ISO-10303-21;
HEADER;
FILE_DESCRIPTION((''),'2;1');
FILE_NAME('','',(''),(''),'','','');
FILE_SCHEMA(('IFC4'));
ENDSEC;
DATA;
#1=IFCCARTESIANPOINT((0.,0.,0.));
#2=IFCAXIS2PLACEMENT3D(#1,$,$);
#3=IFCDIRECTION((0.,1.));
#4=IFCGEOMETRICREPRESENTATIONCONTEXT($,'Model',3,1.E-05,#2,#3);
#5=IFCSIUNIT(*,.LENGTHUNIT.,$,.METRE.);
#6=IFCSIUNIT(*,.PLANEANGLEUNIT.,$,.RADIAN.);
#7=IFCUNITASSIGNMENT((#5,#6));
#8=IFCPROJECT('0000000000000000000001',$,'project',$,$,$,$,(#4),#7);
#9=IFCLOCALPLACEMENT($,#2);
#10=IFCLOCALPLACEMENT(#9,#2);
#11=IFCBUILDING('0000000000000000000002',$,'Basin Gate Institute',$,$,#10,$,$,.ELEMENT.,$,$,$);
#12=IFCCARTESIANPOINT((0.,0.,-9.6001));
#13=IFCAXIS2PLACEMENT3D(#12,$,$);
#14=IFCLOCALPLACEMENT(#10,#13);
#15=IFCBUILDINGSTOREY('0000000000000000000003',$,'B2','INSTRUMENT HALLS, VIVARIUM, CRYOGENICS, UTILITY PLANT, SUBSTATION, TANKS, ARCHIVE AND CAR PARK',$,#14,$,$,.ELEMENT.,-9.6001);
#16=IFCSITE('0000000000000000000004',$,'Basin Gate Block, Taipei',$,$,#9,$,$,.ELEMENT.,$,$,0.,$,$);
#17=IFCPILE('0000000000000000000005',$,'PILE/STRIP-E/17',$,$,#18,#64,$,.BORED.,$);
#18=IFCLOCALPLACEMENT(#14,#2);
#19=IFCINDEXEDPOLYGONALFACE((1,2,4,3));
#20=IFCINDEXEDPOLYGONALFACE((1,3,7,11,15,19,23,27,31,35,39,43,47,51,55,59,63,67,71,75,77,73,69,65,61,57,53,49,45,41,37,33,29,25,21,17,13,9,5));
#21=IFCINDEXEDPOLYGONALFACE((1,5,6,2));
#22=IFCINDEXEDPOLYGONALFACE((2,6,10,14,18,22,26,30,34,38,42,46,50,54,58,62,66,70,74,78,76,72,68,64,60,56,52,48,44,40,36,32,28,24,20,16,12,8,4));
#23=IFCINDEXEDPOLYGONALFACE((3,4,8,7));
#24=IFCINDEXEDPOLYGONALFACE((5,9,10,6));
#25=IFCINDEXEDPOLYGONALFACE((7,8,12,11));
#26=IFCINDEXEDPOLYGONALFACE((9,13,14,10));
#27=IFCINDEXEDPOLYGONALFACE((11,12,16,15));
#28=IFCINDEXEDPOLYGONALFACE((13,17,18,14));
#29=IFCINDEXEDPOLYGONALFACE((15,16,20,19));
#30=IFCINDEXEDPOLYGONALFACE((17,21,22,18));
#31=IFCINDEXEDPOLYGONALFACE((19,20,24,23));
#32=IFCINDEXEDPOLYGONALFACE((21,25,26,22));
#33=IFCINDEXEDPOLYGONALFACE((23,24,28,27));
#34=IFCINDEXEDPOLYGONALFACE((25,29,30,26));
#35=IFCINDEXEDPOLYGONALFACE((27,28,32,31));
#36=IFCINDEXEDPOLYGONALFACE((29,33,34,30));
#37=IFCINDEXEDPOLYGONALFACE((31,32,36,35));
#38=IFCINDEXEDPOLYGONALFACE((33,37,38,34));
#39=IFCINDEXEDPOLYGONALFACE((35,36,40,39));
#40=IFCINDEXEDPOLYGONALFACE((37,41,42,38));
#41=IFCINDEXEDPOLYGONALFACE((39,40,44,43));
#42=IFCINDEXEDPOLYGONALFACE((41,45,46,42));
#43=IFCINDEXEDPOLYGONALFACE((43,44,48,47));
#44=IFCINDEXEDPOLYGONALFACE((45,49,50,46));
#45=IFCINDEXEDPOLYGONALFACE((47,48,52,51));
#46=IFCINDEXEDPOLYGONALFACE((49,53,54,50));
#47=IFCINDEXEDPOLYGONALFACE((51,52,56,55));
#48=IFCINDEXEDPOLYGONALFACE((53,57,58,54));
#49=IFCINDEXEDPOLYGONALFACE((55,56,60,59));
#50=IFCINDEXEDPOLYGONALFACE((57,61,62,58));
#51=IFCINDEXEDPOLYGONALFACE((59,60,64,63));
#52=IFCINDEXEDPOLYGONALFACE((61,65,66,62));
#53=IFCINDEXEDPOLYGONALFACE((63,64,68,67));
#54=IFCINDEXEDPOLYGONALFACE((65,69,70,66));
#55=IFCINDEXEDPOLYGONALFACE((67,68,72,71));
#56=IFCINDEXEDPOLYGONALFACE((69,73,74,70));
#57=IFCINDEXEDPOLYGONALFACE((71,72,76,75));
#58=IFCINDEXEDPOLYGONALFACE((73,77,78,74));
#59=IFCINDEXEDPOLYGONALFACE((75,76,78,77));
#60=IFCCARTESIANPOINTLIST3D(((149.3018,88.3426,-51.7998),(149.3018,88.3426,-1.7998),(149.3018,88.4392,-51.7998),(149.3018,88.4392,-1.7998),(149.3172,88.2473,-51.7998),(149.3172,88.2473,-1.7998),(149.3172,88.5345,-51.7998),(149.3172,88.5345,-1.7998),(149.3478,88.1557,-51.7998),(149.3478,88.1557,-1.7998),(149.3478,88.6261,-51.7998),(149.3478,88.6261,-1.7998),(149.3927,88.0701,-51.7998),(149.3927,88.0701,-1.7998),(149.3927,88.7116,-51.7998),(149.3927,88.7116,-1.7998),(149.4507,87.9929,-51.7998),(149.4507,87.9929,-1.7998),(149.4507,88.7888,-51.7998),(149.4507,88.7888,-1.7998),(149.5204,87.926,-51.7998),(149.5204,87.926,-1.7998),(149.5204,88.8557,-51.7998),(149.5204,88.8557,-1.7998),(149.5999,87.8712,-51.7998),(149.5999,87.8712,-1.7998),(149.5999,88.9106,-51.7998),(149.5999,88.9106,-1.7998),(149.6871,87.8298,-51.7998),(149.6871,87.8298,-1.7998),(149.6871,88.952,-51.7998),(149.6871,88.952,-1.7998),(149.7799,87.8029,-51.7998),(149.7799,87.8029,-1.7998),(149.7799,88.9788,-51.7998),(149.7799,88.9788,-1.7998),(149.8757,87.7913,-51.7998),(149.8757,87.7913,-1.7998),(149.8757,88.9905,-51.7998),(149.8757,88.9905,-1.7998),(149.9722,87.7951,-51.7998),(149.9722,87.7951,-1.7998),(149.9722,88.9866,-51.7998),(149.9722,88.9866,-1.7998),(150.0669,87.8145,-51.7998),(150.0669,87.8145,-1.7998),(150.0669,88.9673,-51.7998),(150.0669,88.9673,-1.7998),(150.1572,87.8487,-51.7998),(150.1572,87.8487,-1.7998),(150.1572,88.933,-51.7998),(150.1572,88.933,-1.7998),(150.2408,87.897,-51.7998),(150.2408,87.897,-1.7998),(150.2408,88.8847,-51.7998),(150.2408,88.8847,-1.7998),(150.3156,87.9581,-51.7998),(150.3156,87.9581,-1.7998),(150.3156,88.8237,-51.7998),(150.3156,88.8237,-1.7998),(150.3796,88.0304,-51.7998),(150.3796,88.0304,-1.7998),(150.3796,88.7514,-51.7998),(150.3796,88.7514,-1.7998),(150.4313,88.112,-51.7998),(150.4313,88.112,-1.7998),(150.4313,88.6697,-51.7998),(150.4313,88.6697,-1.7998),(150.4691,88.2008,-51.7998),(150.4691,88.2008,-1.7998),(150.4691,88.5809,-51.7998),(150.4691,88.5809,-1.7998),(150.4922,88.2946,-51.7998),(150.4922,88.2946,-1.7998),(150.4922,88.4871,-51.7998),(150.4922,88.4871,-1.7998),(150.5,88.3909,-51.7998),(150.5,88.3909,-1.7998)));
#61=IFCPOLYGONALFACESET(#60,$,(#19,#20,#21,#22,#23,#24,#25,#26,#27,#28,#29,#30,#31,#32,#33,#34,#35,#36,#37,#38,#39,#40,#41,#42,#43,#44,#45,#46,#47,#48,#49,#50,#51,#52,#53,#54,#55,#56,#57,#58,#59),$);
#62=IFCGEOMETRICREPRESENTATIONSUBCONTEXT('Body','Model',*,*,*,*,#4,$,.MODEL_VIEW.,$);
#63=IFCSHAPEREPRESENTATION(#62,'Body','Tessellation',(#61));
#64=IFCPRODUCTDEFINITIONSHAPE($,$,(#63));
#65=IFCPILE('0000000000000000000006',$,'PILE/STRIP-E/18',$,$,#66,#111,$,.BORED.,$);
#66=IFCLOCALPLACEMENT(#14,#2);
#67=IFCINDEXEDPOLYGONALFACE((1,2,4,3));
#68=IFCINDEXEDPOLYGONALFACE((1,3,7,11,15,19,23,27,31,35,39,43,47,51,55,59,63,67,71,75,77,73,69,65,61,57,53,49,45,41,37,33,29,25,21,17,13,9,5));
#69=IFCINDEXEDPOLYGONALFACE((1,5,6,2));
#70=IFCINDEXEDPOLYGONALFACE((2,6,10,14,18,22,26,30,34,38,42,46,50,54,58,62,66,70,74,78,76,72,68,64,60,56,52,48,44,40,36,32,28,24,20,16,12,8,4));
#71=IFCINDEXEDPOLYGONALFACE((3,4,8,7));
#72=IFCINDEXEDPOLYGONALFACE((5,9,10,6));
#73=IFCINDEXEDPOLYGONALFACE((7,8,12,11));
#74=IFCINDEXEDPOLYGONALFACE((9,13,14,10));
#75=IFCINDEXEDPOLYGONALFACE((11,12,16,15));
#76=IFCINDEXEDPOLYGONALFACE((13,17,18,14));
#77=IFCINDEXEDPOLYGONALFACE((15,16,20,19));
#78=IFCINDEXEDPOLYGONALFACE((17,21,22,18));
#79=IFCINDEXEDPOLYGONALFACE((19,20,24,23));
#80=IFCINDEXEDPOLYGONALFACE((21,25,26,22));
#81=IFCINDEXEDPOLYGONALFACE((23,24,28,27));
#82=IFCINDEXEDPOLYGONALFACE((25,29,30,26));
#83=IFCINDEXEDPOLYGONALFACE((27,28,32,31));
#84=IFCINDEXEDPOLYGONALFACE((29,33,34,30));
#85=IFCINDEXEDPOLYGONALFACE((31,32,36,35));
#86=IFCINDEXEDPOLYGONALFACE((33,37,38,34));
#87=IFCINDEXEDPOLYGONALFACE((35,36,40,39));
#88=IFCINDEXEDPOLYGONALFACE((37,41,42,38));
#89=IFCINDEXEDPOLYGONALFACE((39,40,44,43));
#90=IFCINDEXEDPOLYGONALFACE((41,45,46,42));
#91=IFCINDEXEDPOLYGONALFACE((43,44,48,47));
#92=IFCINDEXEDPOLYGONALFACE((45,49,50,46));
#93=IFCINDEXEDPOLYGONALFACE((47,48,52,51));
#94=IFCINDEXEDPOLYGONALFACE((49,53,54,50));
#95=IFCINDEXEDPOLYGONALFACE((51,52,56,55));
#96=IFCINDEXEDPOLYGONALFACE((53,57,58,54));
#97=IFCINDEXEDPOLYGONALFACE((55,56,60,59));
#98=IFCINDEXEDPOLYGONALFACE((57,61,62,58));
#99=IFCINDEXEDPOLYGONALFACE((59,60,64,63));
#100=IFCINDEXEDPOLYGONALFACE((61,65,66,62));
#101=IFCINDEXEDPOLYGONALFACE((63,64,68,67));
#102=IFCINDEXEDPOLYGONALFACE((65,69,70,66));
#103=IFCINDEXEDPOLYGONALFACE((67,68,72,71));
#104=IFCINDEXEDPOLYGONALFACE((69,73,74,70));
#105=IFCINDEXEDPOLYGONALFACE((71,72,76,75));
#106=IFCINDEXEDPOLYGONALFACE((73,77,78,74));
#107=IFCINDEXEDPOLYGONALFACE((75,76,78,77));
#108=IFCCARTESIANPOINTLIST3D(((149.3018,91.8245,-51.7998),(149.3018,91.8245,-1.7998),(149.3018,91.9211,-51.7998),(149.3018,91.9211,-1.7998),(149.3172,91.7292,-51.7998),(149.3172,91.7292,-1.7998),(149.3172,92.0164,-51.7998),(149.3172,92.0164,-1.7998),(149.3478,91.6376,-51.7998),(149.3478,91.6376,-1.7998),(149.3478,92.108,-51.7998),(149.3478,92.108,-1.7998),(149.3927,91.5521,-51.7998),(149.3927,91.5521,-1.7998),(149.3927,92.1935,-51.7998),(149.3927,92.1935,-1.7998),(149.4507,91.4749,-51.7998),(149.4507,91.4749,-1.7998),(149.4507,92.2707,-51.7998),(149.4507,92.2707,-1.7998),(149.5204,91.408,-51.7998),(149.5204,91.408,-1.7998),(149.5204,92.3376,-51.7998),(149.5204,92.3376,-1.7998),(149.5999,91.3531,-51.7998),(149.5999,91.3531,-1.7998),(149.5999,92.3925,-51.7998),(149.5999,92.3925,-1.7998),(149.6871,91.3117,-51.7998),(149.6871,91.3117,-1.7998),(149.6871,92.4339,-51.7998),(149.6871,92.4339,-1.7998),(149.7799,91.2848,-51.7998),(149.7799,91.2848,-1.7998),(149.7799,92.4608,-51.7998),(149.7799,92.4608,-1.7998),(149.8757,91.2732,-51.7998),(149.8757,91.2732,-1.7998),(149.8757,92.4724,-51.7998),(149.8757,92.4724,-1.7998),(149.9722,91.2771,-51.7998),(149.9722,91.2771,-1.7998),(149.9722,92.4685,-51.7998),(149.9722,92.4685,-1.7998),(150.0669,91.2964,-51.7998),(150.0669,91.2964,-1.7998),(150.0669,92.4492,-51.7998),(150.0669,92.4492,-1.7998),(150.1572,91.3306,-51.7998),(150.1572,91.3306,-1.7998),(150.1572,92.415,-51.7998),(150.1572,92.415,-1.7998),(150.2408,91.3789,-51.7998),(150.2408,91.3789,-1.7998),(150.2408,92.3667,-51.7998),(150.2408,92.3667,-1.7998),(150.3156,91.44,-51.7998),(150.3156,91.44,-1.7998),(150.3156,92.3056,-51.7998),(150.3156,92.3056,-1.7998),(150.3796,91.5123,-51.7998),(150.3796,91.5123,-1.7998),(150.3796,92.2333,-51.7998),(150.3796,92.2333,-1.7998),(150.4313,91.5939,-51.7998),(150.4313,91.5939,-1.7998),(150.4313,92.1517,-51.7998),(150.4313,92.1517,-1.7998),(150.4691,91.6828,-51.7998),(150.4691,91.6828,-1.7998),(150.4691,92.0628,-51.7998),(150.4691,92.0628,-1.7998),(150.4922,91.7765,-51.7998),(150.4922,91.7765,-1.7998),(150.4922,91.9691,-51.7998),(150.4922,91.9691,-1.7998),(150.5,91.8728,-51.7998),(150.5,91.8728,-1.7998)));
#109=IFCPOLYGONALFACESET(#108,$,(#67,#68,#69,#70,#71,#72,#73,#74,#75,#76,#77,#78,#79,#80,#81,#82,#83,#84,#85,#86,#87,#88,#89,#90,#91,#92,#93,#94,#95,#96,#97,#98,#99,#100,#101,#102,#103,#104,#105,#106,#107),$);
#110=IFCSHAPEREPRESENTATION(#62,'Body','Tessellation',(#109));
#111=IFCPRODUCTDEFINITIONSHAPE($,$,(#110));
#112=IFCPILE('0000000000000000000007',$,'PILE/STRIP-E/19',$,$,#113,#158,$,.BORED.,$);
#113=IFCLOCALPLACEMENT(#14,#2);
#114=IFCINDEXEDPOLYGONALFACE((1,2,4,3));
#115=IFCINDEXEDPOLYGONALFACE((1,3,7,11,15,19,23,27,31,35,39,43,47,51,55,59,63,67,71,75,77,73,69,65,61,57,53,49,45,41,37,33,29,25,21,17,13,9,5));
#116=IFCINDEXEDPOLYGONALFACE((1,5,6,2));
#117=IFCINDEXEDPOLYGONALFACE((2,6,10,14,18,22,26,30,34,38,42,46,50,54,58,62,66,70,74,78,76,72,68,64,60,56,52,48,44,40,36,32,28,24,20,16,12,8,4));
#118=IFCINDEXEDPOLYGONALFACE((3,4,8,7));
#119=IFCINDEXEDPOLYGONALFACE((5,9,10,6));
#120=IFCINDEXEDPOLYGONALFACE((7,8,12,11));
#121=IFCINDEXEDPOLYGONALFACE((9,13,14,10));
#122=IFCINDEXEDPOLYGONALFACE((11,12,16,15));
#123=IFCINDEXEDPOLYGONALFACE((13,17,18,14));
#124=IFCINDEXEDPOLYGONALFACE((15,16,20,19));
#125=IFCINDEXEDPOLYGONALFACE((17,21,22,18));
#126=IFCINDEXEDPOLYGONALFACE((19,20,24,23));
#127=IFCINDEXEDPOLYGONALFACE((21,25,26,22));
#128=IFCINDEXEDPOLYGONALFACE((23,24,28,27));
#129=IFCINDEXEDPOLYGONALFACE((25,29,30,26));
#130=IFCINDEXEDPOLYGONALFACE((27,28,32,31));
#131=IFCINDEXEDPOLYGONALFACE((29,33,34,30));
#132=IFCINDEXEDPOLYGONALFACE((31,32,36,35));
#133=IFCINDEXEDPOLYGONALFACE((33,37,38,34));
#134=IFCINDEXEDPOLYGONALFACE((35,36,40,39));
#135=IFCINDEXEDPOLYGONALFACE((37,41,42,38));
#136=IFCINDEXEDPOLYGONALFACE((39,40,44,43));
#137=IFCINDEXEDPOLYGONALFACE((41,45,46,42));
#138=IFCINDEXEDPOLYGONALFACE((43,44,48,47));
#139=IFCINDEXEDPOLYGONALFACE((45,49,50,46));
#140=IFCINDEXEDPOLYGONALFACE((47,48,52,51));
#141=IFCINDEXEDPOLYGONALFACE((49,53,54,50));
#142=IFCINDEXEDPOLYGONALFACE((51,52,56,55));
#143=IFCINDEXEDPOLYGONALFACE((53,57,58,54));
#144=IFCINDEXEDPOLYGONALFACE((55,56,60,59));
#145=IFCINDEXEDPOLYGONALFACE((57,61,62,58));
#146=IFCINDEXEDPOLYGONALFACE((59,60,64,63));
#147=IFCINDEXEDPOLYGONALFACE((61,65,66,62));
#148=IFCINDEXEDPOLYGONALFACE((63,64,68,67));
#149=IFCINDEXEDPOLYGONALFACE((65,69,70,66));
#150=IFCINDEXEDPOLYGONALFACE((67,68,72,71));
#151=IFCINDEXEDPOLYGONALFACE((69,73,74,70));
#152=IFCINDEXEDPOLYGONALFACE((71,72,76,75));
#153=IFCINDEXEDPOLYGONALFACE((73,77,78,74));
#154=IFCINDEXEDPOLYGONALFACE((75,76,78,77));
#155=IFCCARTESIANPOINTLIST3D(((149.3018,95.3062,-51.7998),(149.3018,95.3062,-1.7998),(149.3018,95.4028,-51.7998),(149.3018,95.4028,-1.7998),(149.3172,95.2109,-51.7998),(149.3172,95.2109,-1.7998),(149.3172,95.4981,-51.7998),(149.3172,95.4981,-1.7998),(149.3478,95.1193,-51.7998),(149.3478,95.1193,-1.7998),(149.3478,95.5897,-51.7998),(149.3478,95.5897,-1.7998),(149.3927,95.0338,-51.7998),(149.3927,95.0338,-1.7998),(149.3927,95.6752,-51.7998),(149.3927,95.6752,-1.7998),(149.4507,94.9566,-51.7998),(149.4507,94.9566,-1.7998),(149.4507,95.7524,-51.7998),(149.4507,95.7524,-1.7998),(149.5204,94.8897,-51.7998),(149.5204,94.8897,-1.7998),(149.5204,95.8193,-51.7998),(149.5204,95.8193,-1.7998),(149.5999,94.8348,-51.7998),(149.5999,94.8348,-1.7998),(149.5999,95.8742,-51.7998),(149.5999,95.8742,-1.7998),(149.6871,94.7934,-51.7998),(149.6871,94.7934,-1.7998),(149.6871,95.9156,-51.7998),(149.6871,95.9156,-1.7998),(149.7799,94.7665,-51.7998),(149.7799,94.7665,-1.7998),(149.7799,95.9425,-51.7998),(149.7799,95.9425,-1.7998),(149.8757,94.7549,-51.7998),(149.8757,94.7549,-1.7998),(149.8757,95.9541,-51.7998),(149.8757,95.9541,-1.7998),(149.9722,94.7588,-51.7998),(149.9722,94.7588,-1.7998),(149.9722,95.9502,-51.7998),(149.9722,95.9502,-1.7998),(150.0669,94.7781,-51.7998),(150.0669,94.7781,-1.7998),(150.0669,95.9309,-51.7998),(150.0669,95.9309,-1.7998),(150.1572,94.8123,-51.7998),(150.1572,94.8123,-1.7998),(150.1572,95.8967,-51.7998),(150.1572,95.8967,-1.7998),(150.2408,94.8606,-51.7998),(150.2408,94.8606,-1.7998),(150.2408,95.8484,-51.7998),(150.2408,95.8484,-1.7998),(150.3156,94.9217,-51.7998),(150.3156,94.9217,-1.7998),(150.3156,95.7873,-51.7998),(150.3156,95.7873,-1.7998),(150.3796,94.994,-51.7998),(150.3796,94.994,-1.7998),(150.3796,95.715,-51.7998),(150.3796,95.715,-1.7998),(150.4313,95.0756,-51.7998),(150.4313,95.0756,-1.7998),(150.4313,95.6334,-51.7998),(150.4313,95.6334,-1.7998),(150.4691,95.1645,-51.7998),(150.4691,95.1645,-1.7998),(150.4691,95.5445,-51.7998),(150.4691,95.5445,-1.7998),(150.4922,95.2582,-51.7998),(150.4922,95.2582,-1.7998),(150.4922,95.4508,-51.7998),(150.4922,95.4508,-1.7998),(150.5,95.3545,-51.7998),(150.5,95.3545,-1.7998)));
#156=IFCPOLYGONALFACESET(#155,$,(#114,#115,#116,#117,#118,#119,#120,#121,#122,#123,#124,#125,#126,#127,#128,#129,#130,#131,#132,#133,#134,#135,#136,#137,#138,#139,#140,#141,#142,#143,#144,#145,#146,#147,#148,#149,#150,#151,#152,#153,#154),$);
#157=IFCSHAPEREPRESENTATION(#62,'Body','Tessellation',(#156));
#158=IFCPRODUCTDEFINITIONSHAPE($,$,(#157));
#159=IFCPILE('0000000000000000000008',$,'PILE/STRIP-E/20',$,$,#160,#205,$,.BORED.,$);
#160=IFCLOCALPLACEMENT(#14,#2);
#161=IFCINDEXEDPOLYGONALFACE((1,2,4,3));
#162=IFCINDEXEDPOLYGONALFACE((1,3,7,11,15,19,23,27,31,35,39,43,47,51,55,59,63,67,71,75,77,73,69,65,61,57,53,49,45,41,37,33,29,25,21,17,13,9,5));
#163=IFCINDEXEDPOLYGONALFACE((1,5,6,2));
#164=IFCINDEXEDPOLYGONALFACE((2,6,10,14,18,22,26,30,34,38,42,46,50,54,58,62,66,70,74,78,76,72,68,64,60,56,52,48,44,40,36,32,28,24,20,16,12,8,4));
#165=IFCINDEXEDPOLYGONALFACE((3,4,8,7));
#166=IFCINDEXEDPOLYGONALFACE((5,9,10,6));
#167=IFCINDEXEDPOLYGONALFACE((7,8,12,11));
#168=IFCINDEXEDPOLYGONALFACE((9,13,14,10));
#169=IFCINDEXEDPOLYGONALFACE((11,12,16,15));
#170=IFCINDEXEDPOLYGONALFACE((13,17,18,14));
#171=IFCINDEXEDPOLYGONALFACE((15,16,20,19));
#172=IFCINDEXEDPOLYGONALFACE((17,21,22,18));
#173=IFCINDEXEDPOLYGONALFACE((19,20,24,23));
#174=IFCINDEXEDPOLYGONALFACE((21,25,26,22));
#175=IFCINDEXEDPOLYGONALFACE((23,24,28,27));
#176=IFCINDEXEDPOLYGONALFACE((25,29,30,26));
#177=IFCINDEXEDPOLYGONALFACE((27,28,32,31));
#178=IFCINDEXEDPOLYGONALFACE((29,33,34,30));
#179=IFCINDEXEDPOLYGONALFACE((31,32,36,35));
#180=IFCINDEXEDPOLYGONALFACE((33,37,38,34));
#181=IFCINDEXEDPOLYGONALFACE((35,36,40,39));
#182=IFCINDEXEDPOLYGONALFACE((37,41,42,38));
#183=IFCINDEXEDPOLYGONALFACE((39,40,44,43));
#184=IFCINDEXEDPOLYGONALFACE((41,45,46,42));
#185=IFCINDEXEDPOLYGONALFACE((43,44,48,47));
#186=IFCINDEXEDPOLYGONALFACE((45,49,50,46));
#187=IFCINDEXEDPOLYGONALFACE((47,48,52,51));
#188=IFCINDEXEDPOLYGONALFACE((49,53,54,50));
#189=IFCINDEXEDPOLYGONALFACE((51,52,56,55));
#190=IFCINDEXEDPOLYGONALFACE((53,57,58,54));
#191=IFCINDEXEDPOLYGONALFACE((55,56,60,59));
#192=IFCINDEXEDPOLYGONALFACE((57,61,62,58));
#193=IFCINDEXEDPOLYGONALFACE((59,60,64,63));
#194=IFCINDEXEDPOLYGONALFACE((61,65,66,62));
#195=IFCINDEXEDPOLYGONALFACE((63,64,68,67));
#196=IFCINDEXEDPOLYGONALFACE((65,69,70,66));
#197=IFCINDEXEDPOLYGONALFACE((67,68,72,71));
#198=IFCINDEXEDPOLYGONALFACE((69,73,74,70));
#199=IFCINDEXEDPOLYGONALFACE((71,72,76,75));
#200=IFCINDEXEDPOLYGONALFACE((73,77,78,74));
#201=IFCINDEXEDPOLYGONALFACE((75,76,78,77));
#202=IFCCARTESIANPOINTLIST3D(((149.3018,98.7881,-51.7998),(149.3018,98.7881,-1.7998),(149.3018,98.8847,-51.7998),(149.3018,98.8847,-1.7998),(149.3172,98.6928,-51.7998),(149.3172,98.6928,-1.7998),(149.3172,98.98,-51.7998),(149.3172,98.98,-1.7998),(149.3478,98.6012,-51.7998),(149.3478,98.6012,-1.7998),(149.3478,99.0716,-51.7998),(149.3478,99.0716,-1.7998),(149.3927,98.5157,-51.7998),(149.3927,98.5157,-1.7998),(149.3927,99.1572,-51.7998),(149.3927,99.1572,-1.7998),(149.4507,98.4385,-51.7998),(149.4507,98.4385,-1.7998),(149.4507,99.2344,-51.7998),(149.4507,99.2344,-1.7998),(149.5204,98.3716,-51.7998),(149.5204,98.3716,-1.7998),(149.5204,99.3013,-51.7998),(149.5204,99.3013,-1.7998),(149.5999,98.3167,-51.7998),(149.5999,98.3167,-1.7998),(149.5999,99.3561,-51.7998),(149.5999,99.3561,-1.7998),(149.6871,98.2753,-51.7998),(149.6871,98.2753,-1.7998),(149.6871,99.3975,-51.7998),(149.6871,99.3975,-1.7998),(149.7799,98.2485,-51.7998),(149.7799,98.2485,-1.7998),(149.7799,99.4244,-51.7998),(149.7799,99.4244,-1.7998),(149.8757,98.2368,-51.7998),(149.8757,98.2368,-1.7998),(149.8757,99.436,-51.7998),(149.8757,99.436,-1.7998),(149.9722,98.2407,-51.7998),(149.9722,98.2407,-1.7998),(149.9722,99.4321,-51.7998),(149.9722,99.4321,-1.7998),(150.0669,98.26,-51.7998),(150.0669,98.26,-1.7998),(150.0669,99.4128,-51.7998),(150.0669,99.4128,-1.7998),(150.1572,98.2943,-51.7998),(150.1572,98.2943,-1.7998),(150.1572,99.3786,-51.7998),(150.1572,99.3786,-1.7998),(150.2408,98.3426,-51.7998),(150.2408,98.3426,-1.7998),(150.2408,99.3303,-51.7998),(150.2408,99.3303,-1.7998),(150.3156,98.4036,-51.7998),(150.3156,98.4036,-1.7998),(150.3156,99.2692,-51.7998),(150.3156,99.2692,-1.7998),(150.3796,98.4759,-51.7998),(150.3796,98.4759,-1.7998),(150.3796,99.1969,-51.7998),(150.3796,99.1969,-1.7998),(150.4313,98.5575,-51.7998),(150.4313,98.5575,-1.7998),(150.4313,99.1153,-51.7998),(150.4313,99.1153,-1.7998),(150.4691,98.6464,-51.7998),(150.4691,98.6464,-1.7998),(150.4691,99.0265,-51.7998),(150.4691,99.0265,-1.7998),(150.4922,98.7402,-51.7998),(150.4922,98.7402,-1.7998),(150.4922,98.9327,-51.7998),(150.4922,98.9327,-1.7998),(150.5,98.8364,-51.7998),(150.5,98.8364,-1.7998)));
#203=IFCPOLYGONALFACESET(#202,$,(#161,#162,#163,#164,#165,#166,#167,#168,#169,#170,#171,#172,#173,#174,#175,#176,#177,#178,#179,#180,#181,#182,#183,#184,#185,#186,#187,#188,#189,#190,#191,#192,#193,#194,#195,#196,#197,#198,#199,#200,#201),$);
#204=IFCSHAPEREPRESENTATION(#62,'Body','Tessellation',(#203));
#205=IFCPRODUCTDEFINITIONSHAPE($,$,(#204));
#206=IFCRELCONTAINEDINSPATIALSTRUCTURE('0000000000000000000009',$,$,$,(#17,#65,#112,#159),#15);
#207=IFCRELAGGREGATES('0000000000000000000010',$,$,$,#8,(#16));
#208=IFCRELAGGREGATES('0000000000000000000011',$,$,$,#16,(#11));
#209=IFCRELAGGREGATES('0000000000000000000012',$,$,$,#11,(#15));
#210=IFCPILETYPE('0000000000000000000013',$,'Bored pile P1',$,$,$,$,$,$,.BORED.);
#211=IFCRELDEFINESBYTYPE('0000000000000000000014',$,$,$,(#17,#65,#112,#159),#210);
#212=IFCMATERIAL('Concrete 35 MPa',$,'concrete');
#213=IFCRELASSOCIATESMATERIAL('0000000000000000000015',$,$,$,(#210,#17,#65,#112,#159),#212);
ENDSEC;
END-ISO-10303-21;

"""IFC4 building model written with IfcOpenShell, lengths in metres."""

from ifc_helpers import new_model, si_unit, direction, frame, origin, origin_2d, place, context, subcontext, project, spatial, circle, extrude, material, material_profile, profile_set, type_object, element, save


model = new_model("IFC4")

# Units and contexts
model_context = context("Model", 3, precision=1e-05, world=origin(), true_north=direction((0.0, 1.0)))
body_context = subcontext(model_context, "Body", "Model", "MODEL_VIEW")
ifc_project = project(units=[si_unit("LENGTHUNIT", "METRE"), si_unit("PLANEANGLEUNIT", "RADIAN")], contexts=[model_context])

# Site, building, storey
site_placement = place(None, origin())
site = spatial("IfcSite", under=ifc_project, at=site_placement, Name="Basin Gate Block, Taipei", CompositionType="ELEMENT", RefElevation=0.0)
building_placement = place(site_placement, origin())
building = spatial("IfcBuilding", under=site, at=building_placement, Name="Basin Gate Institute", CompositionType="ELEMENT")
storey_placement = place(building_placement, frame((0.0, 0.0, -9.6001)))
storey = spatial("IfcBuildingStorey", under=building, at=storey_placement, Name="B2", Description="INSTRUMENT HALLS, VIVARIUM, CRYOGENICS, UTILITY PLANT, SUBSTATION, TANKS, ARCHIVE AND CAR PARK", CompositionType="ELEMENT", Elevation=-9.6001)

# Piles
ifc_material_1 = material(Name="Concrete 35 MPa", Category="concrete")
ifc_material_profile_1 = material_profile(ifc_material_1, circle(Radius=0.6001, at=origin_2d()), Name="Bored pile P1 1200 dia")
ifc_profile_set_1 = profile_set([ifc_material_profile_1], Name="Concrete 35 MPa")
pile_type = type_object("IfcPileType", Name="Bored pile P1", PredefinedType="BORED", material=ifc_profile_set_1)
for number, where, z_axis, x_axis, name in (
    (1, (149.8999, 88.3909, -1.7998), (0.0, 0.0, -1.0), (1.0, 0.0, 0.0), "PILE/STRIP-E/17"),
    (2, (149.8999, 91.8728, -1.7998), (0.0, 0.0, -1.0), (1.0, 0.0, 0.0), "PILE/STRIP-E/18"),
    (3, (149.8999, 95.3545, -1.7998), (0.0, 0.0, -1.0), (1.0, 0.0, 0.0), "PILE/STRIP-E/19"),
    (4, (149.8999, 98.8364, -1.7998), (0.0, 0.0, -1.0), (1.0, 0.0, 0.0), "PILE/STRIP-E/20"),
):
    element("IfcPile", number, at=place(storey_placement, frame(where, z_axis=z_axis, x_axis=x_axis)), inside=storey, type_object=pile_type, material=ifc_profile_set_1, Name=name, PredefinedType="BORED", context=body_context, shape_type="SweptSolid", body=[
        extrude(circle(Radius=0.6001, at=origin_2d()), origin(), (0.0, 0.0, 1.0), 50.0),
    ])

save(model, "model.ifc")
